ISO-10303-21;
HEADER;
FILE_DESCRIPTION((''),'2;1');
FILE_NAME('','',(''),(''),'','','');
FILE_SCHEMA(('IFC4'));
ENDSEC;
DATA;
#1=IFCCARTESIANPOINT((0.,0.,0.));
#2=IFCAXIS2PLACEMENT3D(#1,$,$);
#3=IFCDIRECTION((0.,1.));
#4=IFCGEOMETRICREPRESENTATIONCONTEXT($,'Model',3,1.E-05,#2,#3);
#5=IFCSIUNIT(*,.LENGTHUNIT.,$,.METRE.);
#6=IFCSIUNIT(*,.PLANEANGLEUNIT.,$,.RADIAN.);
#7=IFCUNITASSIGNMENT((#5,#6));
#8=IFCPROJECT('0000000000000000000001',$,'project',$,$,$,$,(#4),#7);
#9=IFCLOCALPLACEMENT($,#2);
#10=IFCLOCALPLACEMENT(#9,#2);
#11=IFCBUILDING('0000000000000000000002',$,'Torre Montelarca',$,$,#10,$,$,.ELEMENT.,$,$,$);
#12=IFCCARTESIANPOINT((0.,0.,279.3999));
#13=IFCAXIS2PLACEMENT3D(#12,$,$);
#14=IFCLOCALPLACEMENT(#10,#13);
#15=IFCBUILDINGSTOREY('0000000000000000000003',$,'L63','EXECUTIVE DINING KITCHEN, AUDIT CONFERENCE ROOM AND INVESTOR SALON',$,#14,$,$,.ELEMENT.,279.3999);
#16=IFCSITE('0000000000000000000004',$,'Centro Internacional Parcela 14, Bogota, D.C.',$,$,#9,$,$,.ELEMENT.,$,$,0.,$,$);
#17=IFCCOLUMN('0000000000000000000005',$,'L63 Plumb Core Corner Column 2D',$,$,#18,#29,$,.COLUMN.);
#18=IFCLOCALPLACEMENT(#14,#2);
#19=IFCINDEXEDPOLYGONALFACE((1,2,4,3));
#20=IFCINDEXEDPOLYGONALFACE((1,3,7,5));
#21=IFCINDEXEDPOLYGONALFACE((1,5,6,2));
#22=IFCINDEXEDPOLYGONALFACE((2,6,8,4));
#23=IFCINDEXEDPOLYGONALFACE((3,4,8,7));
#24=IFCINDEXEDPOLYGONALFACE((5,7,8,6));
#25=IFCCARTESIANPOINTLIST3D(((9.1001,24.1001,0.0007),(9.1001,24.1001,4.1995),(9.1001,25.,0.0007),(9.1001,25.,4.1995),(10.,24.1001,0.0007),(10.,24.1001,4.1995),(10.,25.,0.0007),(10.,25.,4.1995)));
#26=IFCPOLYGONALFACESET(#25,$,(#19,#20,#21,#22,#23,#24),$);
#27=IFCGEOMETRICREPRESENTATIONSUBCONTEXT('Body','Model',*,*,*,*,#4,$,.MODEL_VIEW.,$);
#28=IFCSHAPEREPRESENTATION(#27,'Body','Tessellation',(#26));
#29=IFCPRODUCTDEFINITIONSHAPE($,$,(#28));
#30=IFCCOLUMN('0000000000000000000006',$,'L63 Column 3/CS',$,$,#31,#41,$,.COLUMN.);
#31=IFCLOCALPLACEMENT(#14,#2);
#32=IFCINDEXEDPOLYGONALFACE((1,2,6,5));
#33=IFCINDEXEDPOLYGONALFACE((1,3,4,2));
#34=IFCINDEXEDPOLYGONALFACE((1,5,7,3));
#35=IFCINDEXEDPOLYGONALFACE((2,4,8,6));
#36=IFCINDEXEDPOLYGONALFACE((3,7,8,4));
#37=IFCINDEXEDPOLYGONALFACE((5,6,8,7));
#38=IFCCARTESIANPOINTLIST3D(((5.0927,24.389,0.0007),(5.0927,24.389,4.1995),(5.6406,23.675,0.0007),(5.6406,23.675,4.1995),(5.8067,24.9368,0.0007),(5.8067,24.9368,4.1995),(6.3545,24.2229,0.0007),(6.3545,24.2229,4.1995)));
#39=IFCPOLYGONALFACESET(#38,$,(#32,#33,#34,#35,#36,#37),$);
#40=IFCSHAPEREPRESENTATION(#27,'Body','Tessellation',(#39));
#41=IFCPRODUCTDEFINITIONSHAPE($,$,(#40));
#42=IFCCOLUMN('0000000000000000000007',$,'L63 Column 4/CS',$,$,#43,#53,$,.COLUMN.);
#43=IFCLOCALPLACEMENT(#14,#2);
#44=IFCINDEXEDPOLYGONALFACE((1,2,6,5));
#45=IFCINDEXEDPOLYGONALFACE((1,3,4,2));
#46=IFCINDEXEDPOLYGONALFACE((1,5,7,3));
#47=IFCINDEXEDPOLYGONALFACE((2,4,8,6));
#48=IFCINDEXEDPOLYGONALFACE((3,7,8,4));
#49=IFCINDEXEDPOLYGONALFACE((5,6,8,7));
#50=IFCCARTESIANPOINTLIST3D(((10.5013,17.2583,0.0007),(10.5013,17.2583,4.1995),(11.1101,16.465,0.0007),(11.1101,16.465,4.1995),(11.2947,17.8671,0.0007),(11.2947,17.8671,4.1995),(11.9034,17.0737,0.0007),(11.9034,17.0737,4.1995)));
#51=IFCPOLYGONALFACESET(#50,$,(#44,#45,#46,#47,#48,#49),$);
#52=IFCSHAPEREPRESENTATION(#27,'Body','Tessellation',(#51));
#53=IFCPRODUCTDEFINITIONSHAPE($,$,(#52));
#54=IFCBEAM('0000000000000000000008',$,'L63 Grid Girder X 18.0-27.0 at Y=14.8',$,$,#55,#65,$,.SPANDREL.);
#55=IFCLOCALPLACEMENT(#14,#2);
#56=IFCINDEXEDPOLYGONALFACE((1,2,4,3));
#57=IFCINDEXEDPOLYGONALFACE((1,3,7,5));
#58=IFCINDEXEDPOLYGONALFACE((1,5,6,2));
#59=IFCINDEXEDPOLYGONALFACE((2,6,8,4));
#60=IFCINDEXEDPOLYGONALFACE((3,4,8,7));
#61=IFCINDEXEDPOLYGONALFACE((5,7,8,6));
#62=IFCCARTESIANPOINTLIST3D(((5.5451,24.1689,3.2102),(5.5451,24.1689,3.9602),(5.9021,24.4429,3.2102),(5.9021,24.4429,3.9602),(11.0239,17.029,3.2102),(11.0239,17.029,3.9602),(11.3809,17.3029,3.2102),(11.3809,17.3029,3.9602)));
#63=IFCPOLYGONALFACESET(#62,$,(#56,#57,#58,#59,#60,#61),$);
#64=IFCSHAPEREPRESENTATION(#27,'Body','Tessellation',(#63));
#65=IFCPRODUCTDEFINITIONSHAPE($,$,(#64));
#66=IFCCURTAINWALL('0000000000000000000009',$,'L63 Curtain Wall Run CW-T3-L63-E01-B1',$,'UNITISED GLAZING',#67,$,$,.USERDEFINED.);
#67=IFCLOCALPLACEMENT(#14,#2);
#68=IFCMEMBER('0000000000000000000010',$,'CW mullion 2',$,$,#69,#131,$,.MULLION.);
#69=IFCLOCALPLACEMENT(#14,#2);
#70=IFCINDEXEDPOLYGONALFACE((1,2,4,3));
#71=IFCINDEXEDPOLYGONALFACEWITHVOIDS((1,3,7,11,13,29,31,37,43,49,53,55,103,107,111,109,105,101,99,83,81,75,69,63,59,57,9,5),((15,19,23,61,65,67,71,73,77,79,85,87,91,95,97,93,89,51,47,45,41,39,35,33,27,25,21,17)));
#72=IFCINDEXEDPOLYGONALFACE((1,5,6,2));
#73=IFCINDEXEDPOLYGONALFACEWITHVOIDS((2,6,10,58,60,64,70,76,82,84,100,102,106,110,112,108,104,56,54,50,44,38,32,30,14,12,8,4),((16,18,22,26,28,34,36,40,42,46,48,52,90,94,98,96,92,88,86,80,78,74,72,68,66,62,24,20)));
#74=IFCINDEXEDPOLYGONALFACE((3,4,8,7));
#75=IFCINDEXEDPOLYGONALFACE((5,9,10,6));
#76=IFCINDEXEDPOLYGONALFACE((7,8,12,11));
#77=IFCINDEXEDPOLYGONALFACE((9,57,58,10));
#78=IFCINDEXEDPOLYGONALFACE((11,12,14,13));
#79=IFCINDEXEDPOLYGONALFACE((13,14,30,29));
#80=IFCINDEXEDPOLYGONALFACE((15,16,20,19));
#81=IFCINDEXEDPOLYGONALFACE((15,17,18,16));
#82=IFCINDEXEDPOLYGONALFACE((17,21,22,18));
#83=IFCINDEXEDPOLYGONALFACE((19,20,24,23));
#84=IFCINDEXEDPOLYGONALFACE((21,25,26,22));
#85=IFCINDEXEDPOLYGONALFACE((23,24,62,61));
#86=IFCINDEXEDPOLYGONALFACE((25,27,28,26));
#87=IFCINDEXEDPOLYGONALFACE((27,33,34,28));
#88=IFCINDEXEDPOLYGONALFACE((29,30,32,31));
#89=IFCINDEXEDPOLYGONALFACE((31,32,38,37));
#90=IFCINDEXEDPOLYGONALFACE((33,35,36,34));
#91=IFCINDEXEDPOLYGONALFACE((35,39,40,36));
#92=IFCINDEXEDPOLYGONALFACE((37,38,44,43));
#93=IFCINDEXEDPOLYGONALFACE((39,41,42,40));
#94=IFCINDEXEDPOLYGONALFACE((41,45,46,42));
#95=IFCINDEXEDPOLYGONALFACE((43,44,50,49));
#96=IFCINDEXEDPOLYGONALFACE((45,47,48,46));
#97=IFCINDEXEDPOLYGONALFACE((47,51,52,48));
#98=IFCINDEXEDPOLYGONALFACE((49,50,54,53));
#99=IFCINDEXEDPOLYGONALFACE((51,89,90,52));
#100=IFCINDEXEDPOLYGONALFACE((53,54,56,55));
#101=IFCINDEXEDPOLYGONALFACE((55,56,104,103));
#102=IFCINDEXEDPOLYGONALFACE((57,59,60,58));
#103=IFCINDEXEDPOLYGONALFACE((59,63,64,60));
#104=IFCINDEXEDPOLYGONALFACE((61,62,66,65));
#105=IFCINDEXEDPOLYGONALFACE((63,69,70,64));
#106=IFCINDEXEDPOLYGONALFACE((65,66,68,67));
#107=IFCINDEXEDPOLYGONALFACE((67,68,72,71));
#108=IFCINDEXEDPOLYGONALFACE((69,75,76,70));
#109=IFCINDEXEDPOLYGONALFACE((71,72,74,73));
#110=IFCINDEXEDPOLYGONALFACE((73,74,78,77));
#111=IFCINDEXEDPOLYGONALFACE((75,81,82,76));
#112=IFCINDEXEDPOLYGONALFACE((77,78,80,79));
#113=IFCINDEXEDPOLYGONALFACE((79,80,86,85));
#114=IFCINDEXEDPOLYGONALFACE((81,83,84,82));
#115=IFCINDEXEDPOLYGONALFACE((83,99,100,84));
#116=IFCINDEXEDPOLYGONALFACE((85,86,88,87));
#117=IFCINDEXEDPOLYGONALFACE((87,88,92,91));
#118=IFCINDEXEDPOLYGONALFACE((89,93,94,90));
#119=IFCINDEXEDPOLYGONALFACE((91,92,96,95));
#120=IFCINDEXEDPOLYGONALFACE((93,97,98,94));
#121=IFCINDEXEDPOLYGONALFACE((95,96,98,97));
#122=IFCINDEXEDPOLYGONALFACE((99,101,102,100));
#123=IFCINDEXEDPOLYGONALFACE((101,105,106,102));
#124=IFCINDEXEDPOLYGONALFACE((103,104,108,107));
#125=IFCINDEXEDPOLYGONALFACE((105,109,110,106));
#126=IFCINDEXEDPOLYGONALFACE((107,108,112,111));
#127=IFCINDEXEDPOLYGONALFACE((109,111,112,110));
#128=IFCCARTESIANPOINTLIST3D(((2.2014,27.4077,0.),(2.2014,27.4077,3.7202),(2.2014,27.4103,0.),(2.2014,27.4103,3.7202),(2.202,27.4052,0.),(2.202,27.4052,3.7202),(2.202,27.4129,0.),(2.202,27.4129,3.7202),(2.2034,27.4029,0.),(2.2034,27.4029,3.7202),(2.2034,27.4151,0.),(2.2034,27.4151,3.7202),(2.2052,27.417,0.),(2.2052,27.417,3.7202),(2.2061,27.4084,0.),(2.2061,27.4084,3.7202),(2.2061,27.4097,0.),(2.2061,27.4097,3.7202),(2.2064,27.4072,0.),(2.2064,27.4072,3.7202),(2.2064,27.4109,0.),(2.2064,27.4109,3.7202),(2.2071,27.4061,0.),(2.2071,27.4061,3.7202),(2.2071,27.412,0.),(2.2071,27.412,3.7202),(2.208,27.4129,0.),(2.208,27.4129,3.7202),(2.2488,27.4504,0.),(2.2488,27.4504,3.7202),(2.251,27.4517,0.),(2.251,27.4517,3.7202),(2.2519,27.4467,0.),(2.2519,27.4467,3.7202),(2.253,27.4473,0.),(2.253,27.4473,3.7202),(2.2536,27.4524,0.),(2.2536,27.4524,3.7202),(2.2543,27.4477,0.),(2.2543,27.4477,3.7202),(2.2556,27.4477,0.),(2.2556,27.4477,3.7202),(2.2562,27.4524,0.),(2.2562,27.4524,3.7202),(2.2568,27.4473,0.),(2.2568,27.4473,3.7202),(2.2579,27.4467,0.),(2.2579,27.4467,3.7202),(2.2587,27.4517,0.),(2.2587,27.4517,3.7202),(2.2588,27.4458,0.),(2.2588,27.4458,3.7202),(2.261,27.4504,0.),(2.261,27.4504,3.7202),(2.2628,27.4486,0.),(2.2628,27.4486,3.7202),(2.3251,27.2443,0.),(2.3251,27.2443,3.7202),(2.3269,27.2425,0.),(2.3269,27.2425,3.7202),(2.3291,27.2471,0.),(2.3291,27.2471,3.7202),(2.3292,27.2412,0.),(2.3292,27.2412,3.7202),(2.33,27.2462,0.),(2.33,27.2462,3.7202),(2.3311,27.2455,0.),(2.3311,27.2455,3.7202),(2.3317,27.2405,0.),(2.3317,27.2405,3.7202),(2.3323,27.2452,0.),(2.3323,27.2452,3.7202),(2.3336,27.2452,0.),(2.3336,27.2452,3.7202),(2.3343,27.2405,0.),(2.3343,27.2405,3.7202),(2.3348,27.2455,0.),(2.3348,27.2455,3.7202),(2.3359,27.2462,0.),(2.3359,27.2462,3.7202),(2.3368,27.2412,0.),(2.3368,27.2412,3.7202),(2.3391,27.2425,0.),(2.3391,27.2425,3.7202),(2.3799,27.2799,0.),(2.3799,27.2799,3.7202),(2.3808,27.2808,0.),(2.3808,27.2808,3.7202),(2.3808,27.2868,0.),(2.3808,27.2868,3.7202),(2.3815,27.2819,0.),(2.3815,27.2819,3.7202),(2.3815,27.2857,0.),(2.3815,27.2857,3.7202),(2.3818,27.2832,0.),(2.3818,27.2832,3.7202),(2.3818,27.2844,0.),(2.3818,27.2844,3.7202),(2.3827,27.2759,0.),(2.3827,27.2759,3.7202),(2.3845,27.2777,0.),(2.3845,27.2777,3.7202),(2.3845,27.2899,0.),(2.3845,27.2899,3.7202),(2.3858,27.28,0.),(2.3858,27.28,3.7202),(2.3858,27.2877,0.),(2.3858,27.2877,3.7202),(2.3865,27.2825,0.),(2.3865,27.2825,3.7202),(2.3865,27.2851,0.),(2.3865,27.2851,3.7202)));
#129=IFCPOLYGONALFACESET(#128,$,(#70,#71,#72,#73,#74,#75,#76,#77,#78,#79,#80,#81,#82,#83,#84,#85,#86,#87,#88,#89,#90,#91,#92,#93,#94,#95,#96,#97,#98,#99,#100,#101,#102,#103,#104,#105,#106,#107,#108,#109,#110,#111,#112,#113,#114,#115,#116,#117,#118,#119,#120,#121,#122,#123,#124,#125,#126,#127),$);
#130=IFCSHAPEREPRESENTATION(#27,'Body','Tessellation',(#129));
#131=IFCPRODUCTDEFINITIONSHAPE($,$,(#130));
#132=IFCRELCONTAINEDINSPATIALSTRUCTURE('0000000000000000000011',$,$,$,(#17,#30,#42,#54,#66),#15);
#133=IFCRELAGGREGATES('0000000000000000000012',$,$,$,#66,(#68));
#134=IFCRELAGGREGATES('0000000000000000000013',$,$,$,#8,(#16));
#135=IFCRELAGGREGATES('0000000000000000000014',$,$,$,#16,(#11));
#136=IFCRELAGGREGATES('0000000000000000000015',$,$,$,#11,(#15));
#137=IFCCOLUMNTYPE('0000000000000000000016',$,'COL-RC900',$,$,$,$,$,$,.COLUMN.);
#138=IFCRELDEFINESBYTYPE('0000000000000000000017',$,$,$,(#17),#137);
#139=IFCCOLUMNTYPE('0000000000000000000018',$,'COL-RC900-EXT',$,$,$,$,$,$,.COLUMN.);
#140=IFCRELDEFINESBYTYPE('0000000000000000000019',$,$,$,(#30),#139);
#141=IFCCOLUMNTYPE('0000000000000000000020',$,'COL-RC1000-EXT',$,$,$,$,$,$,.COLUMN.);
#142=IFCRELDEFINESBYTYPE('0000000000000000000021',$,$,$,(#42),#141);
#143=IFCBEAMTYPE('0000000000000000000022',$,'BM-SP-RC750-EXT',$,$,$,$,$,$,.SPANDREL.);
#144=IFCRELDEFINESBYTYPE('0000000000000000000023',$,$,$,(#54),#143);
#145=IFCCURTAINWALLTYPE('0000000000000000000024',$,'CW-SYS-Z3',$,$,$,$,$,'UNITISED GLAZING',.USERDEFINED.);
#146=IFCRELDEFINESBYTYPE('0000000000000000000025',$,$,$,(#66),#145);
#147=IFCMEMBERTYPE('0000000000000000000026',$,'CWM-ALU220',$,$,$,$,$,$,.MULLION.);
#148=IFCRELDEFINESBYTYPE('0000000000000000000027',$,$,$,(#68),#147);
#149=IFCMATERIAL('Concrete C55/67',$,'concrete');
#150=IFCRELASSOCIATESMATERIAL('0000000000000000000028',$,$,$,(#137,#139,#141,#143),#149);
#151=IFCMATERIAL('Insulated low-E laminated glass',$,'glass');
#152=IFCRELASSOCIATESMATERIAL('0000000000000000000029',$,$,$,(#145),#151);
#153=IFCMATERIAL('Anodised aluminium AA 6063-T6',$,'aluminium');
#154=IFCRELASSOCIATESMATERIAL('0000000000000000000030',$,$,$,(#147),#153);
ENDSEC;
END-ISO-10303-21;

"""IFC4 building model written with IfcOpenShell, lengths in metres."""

from ifc_helpers import new_model, si_unit, direction, frame, origin, origin_2d, place, context, subcontext, project, spatial, rectangle, hollow_rectangle, extrude, source, transform, mapped, material, material_profile, profile_set, type_object, element, aggregate, save


model = new_model("IFC4")

# Units and contexts
model_context = context("Model", 3, precision=1e-05, world=origin(), true_north=direction((0.0, 1.0)))
body_context = subcontext(model_context, "Body", "Model", "MODEL_VIEW")
ifc_project = project(units=[si_unit("LENGTHUNIT", "METRE"), si_unit("PLANEANGLEUNIT", "RADIAN")], contexts=[model_context])

# Site, building, storey
site_placement = place(None, origin())
site = spatial("IfcSite", under=ifc_project, at=site_placement, Name="Centro Internacional Parcela 14, Bogota, D.C.", CompositionType="ELEMENT", RefElevation=0.0)
building_placement = place(site_placement, origin())
building = spatial("IfcBuilding", under=site, at=building_placement, Name="Torre Montelarca", CompositionType="ELEMENT")
storey_placement = place(building_placement, frame((0.0, 0.0, 279.3999)))
storey = spatial("IfcBuildingStorey", under=building, at=storey_placement, Name="L63", Description="EXECUTIVE DINING KITCHEN, AUDIT CONFERENCE ROOM AND INVESTOR SALON", CompositionType="ELEMENT", Elevation=279.3999)

# Columns
ifc_material_1 = material(Name="Concrete C55/67", Category="concrete")
ifc_material_profile_1 = material_profile(ifc_material_1, rectangle(XDim=0.8999, YDim=0.8999, at=origin_2d()), Name="RC900X900", Category="concrete")
ifc_profile_set_1 = profile_set([ifc_material_profile_1], Name="Concrete C55/67")
column_type_1 = type_object("IfcColumnType", Name="COL-RC900", PredefinedType="COLUMN", material=ifc_profile_set_1)
shared_shape_1 = source(origin(), body_context, "Body", "SweptSolid", [
    extrude(rectangle(XDim=0.8999, YDim=0.8999, at=origin_2d()), origin(), (0.0, 0.0, 1.0), 4.1987),
])
column_1_placement = place(storey_placement, frame((9.55, 24.55, 0.0007), z_axis=(0.0, 0.0, 1.0), x_axis=(1.0, 0.0, 0.0)))
element("IfcColumn", 1, at=column_1_placement, inside=storey, type_object=column_type_1, Name="L63 Plumb Core Corner Column 2D", PredefinedType="COLUMN", context=body_context, shape_type="MappedRepresentation", body=[
    mapped(shared_shape_1, transform((0.0, 0.0, 0.0), scale=1.0)),
])
ifc_material_profile_2 = material_profile(ifc_material_1, rectangle(XDim=0.8999, YDim=0.8999, at=origin_2d()), Name="RC900X900", Category="concrete")
ifc_profile_set_2 = profile_set([ifc_material_profile_2], Name="Concrete C55/67")
column_type_2 = type_object("IfcColumnType", Name="COL-RC900-EXT", PredefinedType="COLUMN", material=ifc_profile_set_2)
shared_shape_2 = source(origin(), body_context, "Body", "SweptSolid", [
    extrude(rectangle(XDim=0.8999, YDim=0.8999, at=origin_2d()), origin(), (0.0, 0.0, 1.0), 4.1987),
])
column_2_placement = place(storey_placement, frame((5.7236, 24.3059, 0.0007), z_axis=(0.0, 0.0, 1.0), x_axis=(-0.608761, 0.793353, 0.0)))
element("IfcColumn", 2, at=column_2_placement, inside=storey, type_object=column_type_2, Name="L63 Column 3/CS", PredefinedType="COLUMN", context=body_context, shape_type="MappedRepresentation", body=[
    mapped(shared_shape_2, transform((0.0, 0.0, 0.0), scale=1.0)),
])
ifc_material_profile_3 = material_profile(ifc_material_1, rectangle(XDim=1.0, YDim=1.0, at=origin_2d()), Name="RC1000X1000", Category="concrete")
ifc_profile_set_3 = profile_set([ifc_material_profile_3], Name="Concrete C55/67")
column_type_3 = type_object("IfcColumnType", Name="COL-RC1000-EXT", PredefinedType="COLUMN", material=ifc_profile_set_3)
shared_shape_3 = source(origin(), body_context, "Body", "SweptSolid", [
    extrude(rectangle(XDim=1.0, YDim=1.0, at=origin_2d()), origin(), (0.0, 0.0, 1.0), 4.1987),
])
column_3_placement = place(storey_placement, frame((11.2024, 17.166, 0.0007), z_axis=(0.0, 0.0, 1.0), x_axis=(-0.608761, 0.793353, 0.0)))
element("IfcColumn", 3, at=column_3_placement, inside=storey, type_object=column_type_3, Name="L63 Column 4/CS", PredefinedType="COLUMN", context=body_context, shape_type="MappedRepresentation", body=[
    mapped(shared_shape_3, transform((0.0, 0.0, 0.0), scale=1.0)),
])

# Beam
ifc_material_profile_4 = material_profile(ifc_material_1, rectangle(XDim=0.45, YDim=0.75, at=origin_2d()), Name="RCB450X750", Category="concrete")
ifc_profile_set_4 = profile_set([ifc_material_profile_4], Name="Concrete C55/67")
beam_type = type_object("IfcBeamType", Name="BM-SP-RC750-EXT", PredefinedType="SPANDREL", material=ifc_profile_set_4)
shared_shape_4 = source(origin(), body_context, "Body", "SweptSolid", [
    extrude(rectangle(XDim=0.45, YDim=0.75, at=origin_2d()), origin(), (0.0, 0.0, 1.0), 8.9998),
])
beam_placement = place(storey_placement, frame((5.7236, 24.3059, 3.5852), z_axis=(0.60877, -0.793346, 0.0), x_axis=(0.793346, 0.60877, 0.0)))
element("IfcBeam", 4, at=beam_placement, inside=storey, type_object=beam_type, Name="L63 Grid Girder X 18.0-27.0 at Y=14.8", PredefinedType="SPANDREL", context=body_context, shape_type="MappedRepresentation", body=[
    mapped(shared_shape_4, transform((0.0, 0.0, 0.0), scale=1.0)),
])

# Curtain wall, member
ifc_material_2 = material(Name="Insulated low-E laminated glass", Category="glass")
curtain_wall_type = type_object("IfcCurtainWallType", Name="CW-SYS-Z3", ElementType="UNITISED GLAZING", PredefinedType="USERDEFINED", material=ifc_material_2)
curtain_wall_1_placement = place(storey_placement, origin())
curtain_wall_1 = element("IfcCurtainWall", 5, at=curtain_wall_1_placement, inside=storey, type_object=curtain_wall_type, Name="L63 Curtain Wall Run CW-T3-L63-E01-B1", ObjectType="UNITISED GLAZING", PredefinedType="USERDEFINED")
ifc_material_3 = material(Name="Anodised aluminium AA 6063-T6", Category="aluminium")
ifc_material_profile_5 = material_profile(ifc_material_3, hollow_rectangle(XDim=0.075, YDim=0.22, WallThickness=0.0049, InnerFilletRadius=0.0049, OuterFilletRadius=0.01, at=origin_2d()), Name="ALU75X220X5", Category="aluminium")
ifc_profile_set_5 = profile_set([ifc_material_profile_5], Name="Anodised aluminium AA 6063-T6")
member_type_1 = type_object("IfcMemberType", Name="CWM-ALU220", PredefinedType="MULLION", material=ifc_profile_set_5)
shared_shape_5 = source(origin(), body_context, "Body", "SweptSolid", [
    extrude(hollow_rectangle(XDim=0.075, YDim=0.22, WallThickness=0.0049, InnerFilletRadius=0.0049, OuterFilletRadius=0.01, at=origin_2d()), origin(), (0.0, 0.0, 1.0), 3.7202),
])
member_1_placement = place(storey_placement, frame((2.2939, 27.3464, 0.0), z_axis=(0.0, 0.0, 1.0), x_axis=(0.793348, 0.608768, 0.0)))
member_1 = element("IfcMember", 6, at=member_1_placement, type_object=member_type_1, Name="CW mullion 2", PredefinedType="MULLION", context=body_context, shape_type="MappedRepresentation", body=[
    mapped(shared_shape_5, transform((0.0, 0.0, 0.0), scale=1.0)),
])

aggregate(curtain_wall_1, [member_1])

save(model, "model.ifc")
